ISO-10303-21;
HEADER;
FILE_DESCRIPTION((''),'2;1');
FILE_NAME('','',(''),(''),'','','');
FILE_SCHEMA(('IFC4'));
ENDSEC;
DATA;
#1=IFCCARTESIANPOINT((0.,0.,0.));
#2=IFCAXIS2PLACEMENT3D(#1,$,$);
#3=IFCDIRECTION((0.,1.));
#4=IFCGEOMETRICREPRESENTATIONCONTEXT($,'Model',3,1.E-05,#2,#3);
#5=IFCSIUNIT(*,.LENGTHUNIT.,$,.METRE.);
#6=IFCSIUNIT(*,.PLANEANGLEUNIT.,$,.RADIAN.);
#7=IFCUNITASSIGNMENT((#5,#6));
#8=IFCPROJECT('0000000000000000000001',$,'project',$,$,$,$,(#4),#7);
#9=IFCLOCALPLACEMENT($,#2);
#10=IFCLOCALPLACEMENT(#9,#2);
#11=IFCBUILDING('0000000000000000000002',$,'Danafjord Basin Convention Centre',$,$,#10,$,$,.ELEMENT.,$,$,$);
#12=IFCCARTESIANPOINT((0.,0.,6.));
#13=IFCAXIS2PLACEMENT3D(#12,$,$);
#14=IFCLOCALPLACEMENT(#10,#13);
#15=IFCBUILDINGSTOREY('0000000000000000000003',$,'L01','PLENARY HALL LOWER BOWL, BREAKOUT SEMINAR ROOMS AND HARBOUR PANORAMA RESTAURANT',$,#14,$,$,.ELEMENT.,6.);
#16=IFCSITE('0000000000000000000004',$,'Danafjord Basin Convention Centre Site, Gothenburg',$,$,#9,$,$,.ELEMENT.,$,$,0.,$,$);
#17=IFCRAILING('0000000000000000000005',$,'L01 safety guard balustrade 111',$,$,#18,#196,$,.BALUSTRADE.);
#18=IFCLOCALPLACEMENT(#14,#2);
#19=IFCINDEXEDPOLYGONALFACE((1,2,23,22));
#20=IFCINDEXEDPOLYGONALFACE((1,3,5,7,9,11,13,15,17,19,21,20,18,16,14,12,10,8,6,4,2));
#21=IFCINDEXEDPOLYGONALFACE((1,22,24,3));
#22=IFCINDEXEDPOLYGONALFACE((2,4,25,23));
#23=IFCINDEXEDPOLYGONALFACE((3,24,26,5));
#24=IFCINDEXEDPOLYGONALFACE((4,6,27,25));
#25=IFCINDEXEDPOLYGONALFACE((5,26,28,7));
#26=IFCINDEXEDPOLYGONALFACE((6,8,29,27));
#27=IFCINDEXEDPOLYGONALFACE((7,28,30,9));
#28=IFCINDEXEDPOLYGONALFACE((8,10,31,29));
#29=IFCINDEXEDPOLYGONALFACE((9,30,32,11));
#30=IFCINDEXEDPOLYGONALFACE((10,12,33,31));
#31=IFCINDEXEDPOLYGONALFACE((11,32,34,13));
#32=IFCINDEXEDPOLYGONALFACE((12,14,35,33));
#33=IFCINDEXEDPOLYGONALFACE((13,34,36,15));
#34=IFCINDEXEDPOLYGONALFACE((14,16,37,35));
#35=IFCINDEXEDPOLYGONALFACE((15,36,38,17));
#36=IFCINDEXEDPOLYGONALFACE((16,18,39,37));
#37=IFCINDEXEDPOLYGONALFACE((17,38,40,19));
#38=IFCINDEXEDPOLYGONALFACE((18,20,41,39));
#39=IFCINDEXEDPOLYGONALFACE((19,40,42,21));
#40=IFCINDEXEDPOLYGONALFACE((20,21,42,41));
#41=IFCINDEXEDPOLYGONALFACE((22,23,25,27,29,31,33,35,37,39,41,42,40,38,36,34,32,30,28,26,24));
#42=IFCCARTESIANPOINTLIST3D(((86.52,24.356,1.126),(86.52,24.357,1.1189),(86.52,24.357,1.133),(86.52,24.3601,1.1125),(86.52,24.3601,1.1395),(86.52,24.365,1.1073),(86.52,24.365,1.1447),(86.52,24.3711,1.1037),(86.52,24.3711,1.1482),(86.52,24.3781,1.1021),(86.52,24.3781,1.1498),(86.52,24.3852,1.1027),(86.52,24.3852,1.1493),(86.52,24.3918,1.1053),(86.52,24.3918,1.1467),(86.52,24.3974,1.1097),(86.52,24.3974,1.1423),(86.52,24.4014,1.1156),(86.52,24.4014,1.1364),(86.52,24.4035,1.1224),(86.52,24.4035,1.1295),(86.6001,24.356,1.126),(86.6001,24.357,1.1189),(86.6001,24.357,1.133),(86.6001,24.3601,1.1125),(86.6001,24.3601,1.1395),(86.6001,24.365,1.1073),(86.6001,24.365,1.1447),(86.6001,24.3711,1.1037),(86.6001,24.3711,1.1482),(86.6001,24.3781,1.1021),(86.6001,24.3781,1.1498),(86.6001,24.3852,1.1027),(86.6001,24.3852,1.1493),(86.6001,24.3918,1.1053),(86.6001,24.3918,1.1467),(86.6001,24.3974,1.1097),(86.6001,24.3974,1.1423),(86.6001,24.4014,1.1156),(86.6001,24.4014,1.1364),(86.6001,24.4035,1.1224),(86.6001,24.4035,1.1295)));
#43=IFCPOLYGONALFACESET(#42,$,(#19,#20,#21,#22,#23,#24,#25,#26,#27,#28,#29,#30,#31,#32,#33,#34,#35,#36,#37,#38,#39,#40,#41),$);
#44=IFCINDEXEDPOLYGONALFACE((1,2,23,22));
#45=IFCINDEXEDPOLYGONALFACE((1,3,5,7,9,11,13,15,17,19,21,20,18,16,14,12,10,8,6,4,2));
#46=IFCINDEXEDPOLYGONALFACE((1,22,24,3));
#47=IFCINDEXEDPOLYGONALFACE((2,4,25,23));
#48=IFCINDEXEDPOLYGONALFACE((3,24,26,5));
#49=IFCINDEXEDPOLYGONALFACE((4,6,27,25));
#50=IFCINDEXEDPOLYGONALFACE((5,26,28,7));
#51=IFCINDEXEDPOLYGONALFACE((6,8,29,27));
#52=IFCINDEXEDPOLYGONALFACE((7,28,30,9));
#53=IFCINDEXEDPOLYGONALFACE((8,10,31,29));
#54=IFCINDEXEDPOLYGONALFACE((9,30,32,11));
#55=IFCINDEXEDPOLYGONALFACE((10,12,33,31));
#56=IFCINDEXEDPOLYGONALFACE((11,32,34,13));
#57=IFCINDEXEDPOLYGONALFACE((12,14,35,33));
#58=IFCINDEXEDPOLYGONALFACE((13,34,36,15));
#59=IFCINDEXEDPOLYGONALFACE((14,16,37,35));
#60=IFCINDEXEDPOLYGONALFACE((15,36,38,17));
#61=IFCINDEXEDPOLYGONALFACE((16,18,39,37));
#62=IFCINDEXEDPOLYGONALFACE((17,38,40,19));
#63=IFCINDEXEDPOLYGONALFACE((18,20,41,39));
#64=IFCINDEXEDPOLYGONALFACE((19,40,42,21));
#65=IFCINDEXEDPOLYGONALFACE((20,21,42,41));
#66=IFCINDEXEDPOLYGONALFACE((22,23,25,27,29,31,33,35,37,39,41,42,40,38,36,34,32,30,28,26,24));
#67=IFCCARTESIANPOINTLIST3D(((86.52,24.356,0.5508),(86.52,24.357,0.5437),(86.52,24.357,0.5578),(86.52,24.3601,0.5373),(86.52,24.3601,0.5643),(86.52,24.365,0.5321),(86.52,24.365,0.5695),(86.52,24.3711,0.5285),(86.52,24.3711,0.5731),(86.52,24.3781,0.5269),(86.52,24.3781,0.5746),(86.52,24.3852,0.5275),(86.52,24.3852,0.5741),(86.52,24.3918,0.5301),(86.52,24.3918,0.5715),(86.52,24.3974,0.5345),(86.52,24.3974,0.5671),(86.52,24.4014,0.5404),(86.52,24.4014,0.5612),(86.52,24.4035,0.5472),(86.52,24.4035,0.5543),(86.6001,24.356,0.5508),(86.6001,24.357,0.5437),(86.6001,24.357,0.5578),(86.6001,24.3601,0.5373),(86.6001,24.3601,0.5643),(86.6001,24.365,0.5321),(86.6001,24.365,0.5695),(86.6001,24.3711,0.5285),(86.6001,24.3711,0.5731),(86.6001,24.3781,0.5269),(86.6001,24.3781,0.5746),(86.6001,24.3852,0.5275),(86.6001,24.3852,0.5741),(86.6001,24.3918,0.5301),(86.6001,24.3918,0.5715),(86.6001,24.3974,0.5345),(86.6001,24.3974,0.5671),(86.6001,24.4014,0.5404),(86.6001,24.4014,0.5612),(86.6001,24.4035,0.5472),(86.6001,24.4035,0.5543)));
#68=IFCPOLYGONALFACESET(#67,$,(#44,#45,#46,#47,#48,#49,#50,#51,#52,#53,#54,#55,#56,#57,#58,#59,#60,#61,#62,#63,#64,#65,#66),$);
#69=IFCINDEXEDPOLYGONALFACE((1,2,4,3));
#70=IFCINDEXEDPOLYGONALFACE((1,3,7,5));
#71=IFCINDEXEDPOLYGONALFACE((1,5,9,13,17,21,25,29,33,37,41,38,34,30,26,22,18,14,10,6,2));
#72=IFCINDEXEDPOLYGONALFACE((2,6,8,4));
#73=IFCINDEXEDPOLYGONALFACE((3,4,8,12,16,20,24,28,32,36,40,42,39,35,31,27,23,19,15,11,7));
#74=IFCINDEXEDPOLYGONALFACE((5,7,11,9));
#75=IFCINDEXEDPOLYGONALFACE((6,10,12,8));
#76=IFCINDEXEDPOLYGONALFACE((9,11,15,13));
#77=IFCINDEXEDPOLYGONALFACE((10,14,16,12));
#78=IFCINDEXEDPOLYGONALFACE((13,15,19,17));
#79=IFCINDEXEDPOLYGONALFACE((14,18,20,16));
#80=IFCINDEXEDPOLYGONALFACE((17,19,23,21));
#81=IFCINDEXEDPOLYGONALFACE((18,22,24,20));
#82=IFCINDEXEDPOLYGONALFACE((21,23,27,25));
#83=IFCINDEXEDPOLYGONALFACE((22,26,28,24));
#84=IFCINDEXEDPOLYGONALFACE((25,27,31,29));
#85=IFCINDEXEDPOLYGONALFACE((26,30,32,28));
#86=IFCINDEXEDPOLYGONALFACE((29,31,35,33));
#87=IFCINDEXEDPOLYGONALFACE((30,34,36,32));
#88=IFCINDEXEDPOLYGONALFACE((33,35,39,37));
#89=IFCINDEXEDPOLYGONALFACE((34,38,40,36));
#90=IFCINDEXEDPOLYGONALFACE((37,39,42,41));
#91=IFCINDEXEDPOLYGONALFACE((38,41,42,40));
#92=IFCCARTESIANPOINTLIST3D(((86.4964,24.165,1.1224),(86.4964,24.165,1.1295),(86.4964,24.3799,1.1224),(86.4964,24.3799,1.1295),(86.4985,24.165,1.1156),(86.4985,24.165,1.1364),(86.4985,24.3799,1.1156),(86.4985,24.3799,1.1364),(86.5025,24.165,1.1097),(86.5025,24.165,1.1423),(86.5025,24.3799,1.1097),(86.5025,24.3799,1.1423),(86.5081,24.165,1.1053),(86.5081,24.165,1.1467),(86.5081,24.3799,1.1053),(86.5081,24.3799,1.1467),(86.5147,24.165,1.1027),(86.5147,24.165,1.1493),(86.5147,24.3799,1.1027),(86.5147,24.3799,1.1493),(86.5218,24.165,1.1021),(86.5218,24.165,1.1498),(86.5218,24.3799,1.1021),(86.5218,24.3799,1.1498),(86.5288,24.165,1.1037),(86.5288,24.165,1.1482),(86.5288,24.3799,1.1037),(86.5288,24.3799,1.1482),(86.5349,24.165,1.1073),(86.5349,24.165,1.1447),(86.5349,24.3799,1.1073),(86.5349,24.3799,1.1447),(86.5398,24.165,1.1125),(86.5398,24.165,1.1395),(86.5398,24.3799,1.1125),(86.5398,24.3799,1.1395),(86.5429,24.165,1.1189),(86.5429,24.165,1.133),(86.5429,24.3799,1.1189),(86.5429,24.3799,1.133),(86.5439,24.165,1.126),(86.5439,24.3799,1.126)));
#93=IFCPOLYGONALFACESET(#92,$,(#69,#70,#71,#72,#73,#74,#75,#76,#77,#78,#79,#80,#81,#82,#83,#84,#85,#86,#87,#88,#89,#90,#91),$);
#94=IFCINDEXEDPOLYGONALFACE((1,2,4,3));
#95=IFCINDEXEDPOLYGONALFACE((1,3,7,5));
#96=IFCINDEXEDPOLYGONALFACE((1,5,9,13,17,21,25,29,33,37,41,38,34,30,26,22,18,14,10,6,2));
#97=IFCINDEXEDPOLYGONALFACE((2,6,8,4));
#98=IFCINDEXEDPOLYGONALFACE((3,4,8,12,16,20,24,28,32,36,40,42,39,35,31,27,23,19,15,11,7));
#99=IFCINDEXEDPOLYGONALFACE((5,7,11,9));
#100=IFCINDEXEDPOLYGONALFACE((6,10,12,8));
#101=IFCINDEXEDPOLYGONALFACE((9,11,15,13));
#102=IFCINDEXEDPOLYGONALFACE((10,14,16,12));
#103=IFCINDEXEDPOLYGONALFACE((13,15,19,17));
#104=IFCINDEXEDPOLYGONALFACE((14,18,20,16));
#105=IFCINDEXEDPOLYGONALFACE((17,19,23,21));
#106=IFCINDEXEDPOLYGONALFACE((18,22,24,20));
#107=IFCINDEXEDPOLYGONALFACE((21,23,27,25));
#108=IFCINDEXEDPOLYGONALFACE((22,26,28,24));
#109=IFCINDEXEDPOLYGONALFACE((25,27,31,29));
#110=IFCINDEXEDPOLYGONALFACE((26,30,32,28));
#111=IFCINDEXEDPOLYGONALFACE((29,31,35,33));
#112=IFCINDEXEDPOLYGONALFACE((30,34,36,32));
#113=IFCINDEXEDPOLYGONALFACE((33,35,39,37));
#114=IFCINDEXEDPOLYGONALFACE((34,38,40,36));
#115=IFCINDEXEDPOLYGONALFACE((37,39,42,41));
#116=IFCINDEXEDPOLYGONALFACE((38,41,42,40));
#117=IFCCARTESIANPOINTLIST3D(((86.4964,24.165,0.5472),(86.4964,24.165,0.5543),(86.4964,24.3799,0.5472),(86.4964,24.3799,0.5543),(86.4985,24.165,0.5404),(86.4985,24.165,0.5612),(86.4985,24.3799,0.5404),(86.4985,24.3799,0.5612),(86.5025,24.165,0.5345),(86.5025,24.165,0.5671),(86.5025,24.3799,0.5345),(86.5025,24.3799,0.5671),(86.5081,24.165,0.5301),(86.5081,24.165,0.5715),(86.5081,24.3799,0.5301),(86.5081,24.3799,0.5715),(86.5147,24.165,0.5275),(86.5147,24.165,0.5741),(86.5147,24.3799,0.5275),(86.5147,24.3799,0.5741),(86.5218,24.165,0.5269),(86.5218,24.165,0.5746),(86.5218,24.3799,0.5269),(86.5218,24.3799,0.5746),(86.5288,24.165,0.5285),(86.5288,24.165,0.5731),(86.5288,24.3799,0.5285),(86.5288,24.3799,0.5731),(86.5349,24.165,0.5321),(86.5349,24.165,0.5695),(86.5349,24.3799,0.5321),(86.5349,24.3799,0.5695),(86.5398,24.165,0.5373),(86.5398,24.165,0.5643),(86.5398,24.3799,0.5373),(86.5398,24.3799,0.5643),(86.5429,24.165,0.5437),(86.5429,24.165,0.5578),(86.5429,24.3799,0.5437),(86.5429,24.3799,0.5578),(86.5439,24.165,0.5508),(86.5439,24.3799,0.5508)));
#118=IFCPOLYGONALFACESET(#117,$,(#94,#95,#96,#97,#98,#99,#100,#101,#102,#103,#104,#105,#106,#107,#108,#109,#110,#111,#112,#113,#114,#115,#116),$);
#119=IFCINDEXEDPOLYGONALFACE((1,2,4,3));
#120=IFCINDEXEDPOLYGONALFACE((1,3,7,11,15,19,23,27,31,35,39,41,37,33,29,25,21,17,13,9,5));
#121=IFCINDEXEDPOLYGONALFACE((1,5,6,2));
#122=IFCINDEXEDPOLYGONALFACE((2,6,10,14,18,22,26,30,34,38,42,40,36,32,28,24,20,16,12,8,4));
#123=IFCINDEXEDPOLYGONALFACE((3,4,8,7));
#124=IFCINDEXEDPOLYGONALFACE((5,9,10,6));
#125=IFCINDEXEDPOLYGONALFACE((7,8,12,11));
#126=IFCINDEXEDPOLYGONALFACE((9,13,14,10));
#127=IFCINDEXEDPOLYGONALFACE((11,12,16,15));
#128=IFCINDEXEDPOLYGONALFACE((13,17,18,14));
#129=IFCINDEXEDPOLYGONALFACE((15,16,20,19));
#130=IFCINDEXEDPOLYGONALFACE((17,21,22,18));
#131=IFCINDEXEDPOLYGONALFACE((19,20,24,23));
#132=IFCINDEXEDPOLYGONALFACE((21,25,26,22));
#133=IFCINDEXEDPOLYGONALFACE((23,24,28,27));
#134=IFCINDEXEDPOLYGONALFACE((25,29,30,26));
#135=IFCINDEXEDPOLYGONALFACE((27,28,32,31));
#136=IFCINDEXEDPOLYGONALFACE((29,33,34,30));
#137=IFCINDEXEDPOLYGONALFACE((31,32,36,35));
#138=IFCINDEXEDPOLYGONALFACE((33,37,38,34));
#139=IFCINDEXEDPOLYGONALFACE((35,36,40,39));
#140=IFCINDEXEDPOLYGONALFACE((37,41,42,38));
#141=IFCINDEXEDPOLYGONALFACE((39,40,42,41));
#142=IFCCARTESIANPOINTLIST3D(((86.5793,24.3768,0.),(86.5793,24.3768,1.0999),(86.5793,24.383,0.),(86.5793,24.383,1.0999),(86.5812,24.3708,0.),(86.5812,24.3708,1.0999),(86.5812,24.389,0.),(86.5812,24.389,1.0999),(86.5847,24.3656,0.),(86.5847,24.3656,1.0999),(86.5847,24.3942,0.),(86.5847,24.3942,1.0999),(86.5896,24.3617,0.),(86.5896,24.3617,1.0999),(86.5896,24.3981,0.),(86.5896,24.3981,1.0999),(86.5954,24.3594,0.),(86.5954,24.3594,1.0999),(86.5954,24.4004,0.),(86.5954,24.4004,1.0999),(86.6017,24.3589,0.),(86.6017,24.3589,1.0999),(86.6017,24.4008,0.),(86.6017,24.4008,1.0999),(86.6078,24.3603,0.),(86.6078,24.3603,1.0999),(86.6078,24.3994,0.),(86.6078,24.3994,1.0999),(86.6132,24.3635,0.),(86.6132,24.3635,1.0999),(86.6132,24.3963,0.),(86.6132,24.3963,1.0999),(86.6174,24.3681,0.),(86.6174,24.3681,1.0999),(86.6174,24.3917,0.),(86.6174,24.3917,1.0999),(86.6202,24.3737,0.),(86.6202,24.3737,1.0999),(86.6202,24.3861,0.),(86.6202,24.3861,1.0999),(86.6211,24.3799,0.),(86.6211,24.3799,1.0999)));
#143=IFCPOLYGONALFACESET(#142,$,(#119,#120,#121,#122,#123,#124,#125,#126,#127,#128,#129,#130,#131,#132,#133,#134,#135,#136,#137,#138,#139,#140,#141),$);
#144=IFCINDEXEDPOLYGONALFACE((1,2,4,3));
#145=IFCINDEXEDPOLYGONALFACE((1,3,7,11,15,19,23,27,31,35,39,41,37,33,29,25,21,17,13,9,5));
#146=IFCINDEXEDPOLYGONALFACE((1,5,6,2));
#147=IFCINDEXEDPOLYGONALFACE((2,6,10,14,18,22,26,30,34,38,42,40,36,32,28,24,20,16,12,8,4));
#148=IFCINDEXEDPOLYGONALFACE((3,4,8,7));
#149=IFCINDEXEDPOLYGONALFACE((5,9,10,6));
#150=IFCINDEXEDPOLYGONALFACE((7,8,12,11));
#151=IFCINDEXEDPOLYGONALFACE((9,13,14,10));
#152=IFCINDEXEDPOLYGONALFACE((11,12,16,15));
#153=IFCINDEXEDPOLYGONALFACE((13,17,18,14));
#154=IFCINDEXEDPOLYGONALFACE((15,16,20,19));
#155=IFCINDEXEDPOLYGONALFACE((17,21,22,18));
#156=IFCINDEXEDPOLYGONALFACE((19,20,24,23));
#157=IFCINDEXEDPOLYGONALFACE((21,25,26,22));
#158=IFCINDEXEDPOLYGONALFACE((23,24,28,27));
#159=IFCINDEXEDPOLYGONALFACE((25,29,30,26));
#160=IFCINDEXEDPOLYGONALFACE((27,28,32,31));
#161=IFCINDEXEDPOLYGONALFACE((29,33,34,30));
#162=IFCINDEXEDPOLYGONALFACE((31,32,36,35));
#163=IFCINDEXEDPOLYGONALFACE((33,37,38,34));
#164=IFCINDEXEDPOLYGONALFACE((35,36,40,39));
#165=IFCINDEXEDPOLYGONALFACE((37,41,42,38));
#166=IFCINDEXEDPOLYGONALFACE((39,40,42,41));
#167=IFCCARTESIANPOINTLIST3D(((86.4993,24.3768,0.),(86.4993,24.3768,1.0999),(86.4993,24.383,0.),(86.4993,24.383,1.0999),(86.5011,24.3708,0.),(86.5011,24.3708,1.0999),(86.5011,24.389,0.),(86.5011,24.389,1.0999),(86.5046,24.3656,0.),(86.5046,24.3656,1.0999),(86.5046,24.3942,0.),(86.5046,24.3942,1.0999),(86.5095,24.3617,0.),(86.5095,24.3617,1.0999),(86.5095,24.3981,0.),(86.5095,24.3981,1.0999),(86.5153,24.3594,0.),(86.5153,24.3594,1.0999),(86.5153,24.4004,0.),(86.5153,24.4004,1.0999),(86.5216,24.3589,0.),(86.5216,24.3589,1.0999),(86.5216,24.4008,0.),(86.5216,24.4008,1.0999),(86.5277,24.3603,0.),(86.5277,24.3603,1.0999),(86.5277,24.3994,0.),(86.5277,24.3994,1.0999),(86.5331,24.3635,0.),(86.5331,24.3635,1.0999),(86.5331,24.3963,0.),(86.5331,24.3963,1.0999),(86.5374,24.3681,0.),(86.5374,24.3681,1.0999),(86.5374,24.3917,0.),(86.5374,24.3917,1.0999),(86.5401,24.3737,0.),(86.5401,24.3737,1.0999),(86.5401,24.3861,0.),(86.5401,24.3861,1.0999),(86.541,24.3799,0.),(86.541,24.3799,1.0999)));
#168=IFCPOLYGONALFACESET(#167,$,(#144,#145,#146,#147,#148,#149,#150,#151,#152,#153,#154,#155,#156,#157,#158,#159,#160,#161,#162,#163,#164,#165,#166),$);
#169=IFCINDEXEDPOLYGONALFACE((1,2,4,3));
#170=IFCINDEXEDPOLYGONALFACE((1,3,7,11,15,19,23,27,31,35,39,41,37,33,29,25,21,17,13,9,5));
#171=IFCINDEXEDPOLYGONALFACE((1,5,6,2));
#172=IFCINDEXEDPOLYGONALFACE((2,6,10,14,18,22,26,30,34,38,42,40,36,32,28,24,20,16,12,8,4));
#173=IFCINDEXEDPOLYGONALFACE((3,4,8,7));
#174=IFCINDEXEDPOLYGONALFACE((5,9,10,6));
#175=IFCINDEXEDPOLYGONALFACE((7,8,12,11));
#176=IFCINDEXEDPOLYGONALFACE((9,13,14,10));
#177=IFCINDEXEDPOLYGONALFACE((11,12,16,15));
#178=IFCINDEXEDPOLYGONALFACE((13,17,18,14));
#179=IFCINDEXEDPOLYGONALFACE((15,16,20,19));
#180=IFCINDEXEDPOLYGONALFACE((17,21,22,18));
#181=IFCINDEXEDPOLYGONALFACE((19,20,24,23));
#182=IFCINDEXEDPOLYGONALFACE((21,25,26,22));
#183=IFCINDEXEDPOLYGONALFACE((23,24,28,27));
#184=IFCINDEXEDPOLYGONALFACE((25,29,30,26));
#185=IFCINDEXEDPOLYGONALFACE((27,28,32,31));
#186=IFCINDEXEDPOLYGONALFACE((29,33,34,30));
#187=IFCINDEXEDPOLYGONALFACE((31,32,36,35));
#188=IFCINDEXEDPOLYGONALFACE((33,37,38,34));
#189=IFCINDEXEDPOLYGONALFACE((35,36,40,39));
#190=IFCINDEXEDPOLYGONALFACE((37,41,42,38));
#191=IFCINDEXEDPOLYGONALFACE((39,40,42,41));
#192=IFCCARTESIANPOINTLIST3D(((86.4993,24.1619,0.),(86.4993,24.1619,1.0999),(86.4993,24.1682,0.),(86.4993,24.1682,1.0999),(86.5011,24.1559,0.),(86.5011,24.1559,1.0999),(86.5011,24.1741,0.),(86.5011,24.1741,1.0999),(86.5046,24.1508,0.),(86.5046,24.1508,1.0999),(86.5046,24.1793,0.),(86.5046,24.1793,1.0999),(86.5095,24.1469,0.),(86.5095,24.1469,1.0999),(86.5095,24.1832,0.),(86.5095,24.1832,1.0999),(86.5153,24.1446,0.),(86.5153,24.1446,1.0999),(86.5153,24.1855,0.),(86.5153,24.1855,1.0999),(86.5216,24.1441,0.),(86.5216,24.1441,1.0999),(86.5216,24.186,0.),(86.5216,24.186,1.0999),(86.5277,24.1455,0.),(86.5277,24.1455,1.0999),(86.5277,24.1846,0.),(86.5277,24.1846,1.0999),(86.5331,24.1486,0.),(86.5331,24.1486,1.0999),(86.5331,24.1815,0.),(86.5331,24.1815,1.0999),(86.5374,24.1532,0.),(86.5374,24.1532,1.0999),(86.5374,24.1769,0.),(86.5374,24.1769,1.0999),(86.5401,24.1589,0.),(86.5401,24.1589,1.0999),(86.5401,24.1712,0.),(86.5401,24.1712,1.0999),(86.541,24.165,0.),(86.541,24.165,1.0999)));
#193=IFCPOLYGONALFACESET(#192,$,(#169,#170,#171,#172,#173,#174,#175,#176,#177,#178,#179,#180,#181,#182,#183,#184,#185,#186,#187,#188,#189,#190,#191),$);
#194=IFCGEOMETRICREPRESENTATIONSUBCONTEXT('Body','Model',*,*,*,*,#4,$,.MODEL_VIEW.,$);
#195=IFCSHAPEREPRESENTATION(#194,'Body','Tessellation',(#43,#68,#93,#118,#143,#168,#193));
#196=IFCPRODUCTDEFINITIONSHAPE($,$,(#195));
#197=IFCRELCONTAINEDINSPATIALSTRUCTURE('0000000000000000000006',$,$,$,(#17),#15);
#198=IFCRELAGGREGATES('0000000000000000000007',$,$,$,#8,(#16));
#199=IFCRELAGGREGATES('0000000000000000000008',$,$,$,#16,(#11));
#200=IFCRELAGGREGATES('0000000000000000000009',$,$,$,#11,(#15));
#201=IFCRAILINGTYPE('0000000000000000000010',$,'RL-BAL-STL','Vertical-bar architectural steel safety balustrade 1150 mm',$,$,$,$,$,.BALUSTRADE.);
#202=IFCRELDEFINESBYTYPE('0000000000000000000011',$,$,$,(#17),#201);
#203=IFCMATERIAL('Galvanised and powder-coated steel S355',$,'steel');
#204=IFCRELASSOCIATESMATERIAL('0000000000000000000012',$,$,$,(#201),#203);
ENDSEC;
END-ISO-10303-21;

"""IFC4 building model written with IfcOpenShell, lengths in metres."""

from ifc_helpers import new_model, si_unit, direction, frame, origin, origin_2d, place, context, subcontext, project, spatial, circle, extrude, material, type_object, element, save


model = new_model("IFC4")

# Units and contexts
model_context = context("Model", 3, precision=1e-05, world=origin(), true_north=direction((0.0, 1.0)))
body_context = subcontext(model_context, "Body", "Model", "MODEL_VIEW")
ifc_project = project(units=[si_unit("LENGTHUNIT", "METRE"), si_unit("PLANEANGLEUNIT", "RADIAN")], contexts=[model_context])

# Site, building, storey
site_placement = place(None, origin())
site = spatial("IfcSite", under=ifc_project, at=site_placement, Name="Danafjord Basin Convention Centre Site, Gothenburg", CompositionType="ELEMENT", RefElevation=0.0)
building_placement = place(site_placement, origin())
building = spatial("IfcBuilding", under=site, at=building_placement, Name="Danafjord Basin Convention Centre", CompositionType="ELEMENT")
storey_placement = place(building_placement, frame((0.0, 0.0, 6.0)))
storey = spatial("IfcBuildingStorey", under=building, at=storey_placement, Name="L01", Description="PLENARY HALL LOWER BOWL, BREAKOUT SEMINAR ROOMS AND HARBOUR PANORAMA RESTAURANT", CompositionType="ELEMENT", Elevation=6.0)

# Railing
ifc_material_1 = material(Name="Galvanised and powder-coated steel S355", Category="steel")
railing_type_1 = type_object("IfcRailingType", Name="RL-BAL-STL", Description="Vertical-bar architectural steel safety balustrade 1150 mm", PredefinedType="BALUSTRADE", material=ifc_material_1)
railing_1_placement = place(storey_placement, frame((86.6001, 24.3799, 0.0)))
element("IfcRailing", 1, at=railing_1_placement, inside=storey, type_object=railing_type_1, Name="L01 safety guard balustrade 111", PredefinedType="BALUSTRADE", context=body_context, shape_type="SweptSolid", body=[
    extrude(circle(Radius=0.0239, at=origin_2d()), frame((0.0, 0.0, 1.126), z_axis=(-1.0, 0.0, 0.0), x_axis=(0.0, -1.0, 0.0)), (0.0, 0.0, 1.0), 0.0801),
    extrude(circle(Radius=0.0239, at=origin_2d()), frame((0.0, 0.0, 0.5508), z_axis=(-1.0, 0.0, 0.0), x_axis=(0.0, -1.0, 0.0)), (0.0, 0.0, 1.0), 0.0801),
    extrude(circle(Radius=0.0239, at=origin_2d()), frame((-0.0801, 0.0, 1.126), z_axis=(0.0, -1.0, 0.0), x_axis=(1.0, 0.0, 0.0)), (0.0, 0.0, 1.0), 0.2148),
    extrude(circle(Radius=0.0239, at=origin_2d()), frame((-0.0801, 0.0, 0.5508), z_axis=(0.0, -1.0, 0.0), x_axis=(1.0, 0.0, 0.0)), (0.0, 0.0, 1.0), 0.2148),
    extrude(circle(Radius=0.021, at=origin_2d()), origin(), (0.0, 0.0, 1.0), 1.0999),
    extrude(circle(Radius=0.021, at=origin_2d()), frame((-0.0801, 0.0, 0.0)), (0.0, 0.0, 1.0), 1.0999),
    extrude(circle(Radius=0.021, at=origin_2d()), frame((-0.0801, -0.2148, 0.0)), (0.0, 0.0, 1.0), 1.0999),
])

save(model, "model.ifc")
